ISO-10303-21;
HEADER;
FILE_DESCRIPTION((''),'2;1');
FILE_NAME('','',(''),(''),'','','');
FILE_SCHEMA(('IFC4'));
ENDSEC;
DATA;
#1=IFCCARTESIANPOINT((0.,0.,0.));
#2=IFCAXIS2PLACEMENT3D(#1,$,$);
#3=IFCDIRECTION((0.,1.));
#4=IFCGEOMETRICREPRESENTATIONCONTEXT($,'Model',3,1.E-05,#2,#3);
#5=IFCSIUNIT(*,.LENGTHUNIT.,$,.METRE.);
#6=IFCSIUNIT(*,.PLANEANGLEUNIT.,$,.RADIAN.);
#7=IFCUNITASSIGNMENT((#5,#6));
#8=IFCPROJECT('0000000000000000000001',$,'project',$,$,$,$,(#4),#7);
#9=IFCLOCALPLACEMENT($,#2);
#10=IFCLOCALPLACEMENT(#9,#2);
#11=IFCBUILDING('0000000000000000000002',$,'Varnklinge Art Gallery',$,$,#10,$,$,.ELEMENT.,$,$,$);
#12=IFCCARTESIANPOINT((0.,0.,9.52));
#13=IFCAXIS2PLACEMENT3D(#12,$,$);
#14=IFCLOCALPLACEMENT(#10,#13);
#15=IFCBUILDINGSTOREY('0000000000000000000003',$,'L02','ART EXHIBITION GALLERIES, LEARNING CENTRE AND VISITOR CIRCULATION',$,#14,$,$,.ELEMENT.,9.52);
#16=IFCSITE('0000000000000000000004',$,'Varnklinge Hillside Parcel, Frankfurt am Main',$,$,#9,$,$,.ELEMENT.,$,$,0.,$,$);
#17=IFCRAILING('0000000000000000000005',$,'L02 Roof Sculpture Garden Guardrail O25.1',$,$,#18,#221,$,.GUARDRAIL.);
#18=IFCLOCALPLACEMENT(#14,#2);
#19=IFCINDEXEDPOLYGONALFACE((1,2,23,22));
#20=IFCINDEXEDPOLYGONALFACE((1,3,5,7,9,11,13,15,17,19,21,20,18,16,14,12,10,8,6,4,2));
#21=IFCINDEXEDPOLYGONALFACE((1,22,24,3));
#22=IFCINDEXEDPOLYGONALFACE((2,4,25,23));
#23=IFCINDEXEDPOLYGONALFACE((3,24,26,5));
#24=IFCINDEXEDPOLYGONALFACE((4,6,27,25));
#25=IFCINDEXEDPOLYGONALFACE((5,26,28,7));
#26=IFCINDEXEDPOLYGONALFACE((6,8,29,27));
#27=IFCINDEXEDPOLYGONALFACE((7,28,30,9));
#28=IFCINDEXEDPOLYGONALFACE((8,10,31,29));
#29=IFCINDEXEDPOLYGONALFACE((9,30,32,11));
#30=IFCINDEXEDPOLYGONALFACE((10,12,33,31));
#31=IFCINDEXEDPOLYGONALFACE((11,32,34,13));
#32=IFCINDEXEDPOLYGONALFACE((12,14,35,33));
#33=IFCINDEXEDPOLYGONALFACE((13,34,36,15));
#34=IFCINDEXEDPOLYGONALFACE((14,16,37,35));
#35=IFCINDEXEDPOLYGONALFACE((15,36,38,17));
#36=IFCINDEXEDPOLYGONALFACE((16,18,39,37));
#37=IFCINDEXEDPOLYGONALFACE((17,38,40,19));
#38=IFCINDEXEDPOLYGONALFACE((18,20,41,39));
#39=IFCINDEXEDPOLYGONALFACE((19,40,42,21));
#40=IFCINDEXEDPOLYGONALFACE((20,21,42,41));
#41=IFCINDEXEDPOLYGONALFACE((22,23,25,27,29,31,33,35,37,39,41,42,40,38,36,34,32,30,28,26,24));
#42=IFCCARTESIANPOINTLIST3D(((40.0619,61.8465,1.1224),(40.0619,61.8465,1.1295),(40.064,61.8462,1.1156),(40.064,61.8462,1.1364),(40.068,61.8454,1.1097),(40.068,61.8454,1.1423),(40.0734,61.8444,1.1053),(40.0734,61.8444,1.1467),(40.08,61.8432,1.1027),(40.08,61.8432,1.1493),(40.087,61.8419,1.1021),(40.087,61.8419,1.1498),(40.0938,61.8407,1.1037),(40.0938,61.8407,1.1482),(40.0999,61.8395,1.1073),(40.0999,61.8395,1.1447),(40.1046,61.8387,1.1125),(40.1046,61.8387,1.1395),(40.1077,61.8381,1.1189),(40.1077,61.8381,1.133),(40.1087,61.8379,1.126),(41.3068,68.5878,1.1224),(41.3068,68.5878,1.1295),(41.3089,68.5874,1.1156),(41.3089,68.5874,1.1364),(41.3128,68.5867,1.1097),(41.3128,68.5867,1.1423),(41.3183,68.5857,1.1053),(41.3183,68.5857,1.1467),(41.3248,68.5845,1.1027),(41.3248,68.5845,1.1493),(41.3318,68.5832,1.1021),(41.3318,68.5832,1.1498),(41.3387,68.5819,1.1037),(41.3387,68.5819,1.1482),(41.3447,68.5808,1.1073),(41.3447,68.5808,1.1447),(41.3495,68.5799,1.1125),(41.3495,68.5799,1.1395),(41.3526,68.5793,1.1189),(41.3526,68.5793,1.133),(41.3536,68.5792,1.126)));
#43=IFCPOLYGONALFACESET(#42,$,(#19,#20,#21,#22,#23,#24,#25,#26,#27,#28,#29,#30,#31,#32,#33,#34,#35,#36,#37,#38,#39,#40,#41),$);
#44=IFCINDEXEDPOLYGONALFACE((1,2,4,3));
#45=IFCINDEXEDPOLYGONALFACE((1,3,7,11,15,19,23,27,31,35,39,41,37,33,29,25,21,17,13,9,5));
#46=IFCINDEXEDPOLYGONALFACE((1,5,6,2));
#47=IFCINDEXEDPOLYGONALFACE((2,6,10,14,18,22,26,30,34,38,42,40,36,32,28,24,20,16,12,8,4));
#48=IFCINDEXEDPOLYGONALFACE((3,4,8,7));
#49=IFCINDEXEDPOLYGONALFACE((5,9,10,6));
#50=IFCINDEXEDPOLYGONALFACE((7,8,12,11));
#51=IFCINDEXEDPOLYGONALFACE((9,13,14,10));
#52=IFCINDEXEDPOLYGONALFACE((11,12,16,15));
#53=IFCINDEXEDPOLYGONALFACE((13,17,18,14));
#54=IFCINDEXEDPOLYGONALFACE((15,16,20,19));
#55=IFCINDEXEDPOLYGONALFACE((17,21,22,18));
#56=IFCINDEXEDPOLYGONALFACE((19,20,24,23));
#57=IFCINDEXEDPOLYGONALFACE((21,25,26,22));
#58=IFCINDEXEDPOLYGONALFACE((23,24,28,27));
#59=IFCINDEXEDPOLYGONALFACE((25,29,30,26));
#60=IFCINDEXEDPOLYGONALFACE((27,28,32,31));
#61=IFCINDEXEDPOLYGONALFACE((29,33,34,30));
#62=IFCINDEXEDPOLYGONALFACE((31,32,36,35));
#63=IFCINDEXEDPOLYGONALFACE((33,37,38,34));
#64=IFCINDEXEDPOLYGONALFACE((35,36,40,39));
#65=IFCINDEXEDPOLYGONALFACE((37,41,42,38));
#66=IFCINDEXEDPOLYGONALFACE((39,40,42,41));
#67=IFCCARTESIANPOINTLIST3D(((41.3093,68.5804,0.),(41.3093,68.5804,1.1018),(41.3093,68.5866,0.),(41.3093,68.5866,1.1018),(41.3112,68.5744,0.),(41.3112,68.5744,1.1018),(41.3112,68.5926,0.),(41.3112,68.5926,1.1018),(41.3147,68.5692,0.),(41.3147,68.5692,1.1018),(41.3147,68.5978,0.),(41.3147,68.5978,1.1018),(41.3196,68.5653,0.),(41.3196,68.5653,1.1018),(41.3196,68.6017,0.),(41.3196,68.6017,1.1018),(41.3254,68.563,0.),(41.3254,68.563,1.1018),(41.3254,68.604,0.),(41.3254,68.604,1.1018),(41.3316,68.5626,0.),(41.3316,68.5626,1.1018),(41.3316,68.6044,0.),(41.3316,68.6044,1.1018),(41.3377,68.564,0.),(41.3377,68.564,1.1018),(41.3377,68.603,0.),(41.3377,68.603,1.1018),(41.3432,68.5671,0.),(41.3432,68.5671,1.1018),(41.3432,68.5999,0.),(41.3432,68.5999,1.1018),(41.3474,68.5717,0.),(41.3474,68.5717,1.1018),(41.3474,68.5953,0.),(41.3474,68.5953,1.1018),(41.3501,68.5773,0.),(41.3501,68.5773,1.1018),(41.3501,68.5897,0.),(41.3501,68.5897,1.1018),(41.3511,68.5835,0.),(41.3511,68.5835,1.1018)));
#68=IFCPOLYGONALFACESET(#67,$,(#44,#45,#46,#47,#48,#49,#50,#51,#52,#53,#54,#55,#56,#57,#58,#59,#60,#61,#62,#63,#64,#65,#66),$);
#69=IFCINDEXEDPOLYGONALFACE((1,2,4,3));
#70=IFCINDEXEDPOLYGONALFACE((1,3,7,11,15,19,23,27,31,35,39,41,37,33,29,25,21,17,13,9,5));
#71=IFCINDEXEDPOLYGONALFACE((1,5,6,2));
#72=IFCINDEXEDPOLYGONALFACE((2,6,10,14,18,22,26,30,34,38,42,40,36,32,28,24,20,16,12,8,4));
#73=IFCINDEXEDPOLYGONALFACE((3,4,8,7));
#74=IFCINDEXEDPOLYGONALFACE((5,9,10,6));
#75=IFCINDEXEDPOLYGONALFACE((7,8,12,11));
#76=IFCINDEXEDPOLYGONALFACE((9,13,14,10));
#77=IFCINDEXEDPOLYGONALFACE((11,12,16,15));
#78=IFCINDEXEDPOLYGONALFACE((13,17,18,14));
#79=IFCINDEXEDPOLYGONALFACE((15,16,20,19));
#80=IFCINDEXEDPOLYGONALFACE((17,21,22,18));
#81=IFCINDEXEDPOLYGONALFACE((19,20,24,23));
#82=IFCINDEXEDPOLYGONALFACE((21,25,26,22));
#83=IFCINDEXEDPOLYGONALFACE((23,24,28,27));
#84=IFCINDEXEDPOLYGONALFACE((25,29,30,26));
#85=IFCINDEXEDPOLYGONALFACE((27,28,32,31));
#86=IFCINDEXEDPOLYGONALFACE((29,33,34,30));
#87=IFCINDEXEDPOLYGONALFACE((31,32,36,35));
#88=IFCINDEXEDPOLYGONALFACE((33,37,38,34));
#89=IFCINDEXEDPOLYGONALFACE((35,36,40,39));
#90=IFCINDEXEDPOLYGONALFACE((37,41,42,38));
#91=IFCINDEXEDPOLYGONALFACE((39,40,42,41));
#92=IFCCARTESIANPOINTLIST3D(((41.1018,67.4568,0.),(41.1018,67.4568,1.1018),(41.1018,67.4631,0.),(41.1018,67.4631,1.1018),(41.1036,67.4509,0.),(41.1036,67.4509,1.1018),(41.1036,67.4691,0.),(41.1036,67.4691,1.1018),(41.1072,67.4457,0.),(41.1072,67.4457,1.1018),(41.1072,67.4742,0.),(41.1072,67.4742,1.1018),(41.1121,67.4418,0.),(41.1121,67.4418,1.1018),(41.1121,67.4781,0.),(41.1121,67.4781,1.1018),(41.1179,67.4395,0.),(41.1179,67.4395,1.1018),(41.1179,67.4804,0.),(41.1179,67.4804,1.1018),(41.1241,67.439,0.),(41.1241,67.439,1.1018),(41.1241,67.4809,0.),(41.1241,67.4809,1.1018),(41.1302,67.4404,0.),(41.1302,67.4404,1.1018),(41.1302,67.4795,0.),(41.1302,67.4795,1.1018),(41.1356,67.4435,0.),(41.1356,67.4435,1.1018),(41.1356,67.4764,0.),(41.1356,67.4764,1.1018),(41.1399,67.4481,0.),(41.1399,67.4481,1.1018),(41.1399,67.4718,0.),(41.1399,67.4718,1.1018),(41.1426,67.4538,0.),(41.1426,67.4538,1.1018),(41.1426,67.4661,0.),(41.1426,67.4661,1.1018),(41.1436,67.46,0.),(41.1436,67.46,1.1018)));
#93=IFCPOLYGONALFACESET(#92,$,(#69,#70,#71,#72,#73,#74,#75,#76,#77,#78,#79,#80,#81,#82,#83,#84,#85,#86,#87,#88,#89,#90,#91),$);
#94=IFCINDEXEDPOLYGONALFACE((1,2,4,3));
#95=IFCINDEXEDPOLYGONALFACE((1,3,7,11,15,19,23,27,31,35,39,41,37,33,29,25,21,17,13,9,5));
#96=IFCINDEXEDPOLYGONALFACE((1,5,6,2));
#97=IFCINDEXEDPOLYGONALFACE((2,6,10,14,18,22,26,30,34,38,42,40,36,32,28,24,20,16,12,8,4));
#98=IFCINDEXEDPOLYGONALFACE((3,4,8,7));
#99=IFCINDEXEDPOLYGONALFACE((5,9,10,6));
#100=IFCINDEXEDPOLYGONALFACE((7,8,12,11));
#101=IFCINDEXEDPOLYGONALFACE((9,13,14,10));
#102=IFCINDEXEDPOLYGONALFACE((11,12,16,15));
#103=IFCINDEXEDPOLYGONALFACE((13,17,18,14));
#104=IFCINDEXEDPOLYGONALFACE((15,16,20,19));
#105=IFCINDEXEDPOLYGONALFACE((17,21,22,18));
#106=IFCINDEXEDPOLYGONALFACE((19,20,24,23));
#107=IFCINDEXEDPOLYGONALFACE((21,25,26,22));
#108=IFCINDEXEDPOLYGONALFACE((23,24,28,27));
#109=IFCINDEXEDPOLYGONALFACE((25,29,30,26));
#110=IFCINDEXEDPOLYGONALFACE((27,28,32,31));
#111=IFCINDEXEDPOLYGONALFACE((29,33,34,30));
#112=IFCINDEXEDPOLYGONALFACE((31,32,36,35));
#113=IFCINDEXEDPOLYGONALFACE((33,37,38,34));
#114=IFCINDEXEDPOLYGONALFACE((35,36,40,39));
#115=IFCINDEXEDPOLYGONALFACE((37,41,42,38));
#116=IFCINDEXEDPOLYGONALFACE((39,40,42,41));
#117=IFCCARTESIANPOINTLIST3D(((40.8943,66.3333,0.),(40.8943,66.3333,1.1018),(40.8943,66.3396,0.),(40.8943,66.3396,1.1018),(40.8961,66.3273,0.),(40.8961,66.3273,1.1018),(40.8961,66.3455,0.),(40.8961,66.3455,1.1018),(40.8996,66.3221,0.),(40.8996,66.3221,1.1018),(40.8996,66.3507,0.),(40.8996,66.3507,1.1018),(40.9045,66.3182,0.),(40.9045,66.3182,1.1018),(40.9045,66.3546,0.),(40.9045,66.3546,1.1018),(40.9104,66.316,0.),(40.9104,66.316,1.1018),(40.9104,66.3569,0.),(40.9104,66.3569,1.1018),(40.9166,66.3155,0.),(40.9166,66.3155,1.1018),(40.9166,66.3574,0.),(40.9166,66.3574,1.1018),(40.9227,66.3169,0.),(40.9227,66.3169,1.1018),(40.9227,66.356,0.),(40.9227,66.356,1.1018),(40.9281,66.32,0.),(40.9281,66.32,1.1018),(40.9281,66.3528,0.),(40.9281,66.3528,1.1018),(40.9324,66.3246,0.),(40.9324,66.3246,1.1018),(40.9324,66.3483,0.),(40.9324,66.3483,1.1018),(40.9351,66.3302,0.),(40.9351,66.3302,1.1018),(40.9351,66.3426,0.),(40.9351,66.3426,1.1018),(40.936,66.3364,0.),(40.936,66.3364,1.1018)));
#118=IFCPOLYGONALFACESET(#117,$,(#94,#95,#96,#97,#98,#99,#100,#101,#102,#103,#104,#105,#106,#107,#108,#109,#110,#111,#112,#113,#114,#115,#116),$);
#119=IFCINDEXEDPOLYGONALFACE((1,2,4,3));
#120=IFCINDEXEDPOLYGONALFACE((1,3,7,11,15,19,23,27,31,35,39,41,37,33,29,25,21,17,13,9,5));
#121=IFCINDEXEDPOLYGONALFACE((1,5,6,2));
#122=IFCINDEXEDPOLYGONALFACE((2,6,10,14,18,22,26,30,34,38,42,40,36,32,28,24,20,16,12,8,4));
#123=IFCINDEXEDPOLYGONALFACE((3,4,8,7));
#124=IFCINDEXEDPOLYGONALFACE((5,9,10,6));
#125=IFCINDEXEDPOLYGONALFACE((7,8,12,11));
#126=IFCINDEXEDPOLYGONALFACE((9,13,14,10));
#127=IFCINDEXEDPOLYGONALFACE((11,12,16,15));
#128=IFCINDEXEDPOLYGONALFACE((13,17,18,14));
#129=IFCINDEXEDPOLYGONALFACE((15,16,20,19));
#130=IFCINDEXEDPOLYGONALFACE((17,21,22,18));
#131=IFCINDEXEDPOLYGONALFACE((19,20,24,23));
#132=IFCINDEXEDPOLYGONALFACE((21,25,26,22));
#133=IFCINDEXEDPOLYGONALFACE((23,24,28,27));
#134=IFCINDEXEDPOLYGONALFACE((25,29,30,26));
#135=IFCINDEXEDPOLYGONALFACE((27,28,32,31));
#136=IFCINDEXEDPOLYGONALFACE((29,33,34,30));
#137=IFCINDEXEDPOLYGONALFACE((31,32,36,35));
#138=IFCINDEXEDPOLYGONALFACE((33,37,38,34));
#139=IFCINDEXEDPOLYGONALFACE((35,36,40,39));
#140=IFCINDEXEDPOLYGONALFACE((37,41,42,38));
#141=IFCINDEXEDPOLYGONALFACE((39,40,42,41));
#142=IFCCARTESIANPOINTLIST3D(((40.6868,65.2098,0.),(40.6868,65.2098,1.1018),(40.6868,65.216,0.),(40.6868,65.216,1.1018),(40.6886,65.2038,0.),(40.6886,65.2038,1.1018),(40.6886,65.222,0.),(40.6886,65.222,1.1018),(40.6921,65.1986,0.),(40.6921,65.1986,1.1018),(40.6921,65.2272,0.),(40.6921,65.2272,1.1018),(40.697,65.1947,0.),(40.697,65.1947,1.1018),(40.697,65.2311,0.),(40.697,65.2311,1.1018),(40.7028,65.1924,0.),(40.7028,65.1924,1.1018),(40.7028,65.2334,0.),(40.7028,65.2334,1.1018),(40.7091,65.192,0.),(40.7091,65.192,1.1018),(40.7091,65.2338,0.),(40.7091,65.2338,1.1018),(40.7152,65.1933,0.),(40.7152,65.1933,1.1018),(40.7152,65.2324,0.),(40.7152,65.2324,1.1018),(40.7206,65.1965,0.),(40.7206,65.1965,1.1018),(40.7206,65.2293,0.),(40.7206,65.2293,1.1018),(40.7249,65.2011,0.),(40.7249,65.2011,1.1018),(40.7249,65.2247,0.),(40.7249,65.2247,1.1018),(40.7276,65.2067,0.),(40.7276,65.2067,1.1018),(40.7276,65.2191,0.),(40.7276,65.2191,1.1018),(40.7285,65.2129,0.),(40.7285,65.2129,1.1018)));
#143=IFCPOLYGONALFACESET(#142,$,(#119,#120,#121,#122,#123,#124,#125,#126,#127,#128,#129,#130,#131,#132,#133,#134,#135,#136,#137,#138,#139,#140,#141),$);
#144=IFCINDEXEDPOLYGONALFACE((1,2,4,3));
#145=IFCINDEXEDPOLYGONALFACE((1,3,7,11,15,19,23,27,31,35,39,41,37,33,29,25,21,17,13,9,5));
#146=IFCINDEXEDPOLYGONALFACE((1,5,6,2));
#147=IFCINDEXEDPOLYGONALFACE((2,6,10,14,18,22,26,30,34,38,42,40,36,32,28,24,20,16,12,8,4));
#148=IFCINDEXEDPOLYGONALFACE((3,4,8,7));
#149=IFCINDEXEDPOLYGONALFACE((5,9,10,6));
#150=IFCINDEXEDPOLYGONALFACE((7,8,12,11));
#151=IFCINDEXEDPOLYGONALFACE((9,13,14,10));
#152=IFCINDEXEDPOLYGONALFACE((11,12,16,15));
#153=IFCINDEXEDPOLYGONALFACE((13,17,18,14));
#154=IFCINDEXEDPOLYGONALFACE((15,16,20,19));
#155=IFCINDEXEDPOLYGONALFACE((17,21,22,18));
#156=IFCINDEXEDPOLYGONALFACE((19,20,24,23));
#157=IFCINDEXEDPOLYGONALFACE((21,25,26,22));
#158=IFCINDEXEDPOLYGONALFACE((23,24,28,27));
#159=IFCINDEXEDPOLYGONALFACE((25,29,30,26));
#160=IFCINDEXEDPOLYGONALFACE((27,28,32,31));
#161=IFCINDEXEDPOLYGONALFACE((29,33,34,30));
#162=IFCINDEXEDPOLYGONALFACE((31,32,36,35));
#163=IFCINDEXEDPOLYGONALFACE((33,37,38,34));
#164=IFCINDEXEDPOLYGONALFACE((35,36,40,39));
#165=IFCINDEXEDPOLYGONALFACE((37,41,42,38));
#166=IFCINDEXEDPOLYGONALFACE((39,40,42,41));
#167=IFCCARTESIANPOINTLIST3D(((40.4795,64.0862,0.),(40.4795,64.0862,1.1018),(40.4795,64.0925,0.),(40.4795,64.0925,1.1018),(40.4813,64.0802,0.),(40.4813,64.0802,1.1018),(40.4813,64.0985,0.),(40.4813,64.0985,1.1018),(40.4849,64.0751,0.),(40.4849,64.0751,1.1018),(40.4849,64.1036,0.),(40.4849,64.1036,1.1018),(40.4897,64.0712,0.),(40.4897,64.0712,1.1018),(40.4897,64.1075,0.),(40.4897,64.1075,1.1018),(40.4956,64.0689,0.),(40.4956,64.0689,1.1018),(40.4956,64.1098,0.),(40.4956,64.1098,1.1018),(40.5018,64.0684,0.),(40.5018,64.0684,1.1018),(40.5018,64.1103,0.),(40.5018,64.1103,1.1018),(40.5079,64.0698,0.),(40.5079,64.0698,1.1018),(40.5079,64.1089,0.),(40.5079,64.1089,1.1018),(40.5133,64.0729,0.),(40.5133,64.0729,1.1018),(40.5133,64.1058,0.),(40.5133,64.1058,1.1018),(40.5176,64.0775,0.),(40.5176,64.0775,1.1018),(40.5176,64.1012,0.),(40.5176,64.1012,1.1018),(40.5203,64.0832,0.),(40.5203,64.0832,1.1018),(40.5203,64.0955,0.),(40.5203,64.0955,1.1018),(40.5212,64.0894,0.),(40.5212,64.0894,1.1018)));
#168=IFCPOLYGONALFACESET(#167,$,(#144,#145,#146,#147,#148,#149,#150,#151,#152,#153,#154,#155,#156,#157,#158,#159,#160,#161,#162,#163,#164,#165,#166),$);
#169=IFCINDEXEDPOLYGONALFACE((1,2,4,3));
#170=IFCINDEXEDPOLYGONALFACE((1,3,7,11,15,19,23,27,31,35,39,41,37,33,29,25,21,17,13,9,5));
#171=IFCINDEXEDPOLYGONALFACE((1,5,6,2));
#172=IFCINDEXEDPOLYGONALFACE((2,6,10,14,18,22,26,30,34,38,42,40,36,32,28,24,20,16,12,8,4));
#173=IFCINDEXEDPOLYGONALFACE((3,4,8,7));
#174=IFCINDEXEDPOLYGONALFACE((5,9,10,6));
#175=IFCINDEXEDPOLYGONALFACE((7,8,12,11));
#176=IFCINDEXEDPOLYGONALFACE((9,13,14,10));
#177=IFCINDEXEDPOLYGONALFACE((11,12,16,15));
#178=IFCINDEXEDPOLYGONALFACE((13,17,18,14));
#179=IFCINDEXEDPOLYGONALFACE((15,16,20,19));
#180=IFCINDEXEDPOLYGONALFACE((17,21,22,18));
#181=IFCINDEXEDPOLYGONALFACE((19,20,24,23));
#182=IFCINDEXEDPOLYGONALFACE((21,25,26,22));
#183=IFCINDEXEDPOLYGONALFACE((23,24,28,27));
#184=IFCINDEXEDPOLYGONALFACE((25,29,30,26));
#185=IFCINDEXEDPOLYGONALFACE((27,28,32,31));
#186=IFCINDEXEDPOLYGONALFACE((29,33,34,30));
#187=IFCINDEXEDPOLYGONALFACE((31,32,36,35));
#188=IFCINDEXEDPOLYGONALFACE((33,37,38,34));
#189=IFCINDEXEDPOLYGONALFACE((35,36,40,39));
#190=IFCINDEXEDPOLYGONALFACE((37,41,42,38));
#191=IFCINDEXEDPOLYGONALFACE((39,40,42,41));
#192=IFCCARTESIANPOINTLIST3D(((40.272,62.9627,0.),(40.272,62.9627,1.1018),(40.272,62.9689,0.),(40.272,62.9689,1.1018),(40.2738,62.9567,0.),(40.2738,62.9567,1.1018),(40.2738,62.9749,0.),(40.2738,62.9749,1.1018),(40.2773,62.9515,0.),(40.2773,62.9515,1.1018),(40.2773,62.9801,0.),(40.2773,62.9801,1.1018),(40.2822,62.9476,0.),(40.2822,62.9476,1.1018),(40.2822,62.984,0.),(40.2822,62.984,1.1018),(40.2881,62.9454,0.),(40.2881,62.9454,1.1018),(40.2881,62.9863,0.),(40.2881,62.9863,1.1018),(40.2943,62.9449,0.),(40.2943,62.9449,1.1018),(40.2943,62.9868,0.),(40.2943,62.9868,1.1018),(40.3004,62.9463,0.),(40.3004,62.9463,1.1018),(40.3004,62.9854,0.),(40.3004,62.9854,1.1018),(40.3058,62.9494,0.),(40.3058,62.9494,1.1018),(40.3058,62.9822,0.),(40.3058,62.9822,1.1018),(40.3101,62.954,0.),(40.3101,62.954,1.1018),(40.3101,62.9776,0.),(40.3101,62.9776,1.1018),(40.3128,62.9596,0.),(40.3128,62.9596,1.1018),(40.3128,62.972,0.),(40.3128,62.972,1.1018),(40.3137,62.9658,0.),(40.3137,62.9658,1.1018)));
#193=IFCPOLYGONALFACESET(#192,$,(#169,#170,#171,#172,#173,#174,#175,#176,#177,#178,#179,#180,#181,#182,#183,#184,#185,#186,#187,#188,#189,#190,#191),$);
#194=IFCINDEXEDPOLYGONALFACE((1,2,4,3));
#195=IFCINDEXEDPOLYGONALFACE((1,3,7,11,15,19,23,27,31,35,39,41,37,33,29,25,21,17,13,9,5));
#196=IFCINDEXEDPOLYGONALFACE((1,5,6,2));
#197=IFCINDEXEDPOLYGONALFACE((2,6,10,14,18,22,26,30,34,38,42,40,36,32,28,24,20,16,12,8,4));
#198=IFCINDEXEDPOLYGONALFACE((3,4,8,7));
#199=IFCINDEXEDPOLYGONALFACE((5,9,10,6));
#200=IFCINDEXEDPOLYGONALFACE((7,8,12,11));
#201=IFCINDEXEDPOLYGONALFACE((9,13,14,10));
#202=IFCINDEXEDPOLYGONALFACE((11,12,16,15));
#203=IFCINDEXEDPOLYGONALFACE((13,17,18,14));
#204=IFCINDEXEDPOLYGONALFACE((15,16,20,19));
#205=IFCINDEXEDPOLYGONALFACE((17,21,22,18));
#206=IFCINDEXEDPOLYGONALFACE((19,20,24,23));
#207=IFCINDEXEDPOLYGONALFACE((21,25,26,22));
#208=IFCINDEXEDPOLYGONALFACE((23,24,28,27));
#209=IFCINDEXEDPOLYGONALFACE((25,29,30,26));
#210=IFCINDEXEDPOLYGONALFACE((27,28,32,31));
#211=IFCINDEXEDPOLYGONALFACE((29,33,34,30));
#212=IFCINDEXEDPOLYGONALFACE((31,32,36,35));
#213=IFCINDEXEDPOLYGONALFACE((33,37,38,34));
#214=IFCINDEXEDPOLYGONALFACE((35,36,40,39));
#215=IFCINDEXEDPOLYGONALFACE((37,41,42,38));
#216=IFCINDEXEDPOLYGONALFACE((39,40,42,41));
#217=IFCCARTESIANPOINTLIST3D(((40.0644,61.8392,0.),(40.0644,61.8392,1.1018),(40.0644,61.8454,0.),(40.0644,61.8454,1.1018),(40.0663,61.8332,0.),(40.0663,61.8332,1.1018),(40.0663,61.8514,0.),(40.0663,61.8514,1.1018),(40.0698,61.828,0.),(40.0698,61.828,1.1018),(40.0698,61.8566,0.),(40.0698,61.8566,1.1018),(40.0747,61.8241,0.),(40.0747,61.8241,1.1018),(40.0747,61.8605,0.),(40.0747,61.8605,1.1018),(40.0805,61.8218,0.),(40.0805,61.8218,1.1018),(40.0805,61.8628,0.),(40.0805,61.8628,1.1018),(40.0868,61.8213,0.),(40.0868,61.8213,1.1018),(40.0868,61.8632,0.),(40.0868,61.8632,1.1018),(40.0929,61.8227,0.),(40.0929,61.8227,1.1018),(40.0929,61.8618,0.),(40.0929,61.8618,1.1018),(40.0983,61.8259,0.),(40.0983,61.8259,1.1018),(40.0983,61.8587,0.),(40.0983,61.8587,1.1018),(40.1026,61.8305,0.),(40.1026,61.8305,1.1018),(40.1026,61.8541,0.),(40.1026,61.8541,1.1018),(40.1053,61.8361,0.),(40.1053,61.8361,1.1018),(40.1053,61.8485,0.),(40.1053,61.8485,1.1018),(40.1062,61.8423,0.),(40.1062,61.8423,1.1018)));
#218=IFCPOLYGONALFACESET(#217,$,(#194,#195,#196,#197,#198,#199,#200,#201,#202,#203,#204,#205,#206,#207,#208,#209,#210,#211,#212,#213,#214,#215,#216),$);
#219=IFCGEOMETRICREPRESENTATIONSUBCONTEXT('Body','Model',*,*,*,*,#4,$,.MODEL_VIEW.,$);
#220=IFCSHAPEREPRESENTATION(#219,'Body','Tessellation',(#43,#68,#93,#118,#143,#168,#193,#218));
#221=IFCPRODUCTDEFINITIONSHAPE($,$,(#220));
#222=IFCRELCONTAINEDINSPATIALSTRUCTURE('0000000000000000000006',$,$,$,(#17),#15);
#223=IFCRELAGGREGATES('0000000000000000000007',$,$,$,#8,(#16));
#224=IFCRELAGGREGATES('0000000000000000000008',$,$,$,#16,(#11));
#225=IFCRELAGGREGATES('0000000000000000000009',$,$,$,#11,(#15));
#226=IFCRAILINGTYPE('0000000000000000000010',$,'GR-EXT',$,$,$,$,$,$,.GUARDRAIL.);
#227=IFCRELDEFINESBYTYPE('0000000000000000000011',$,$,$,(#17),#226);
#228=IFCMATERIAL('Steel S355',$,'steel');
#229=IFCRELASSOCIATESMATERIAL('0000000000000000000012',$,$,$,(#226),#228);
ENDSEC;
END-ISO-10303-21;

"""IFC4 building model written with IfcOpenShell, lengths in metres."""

from ifc_helpers import new_model, si_unit, direction, frame, origin, origin_2d, place, context, subcontext, project, spatial, circle, extrude, material, type_object, element, save


model = new_model("IFC4")

# Units and contexts
model_context = context("Model", 3, precision=1e-05, world=origin(), true_north=direction((0.0, 1.0)))
body_context = subcontext(model_context, "Body", "Model", "MODEL_VIEW")
ifc_project = project(units=[si_unit("LENGTHUNIT", "METRE"), si_unit("PLANEANGLEUNIT", "RADIAN")], contexts=[model_context])

# Site, building, storey
site_placement = place(None, origin())
site = spatial("IfcSite", under=ifc_project, at=site_placement, Name="Varnklinge Hillside Parcel, Frankfurt am Main", CompositionType="ELEMENT", RefElevation=0.0)
building_placement = place(site_placement, origin())
building = spatial("IfcBuilding", under=site, at=building_placement, Name="Varnklinge Art Gallery", CompositionType="ELEMENT")
storey_placement = place(building_placement, frame((0.0, 0.0, 9.52)))
storey = spatial("IfcBuildingStorey", under=building, at=storey_placement, Name="L02", Description="ART EXHIBITION GALLERIES, LEARNING CENTRE AND VISITOR CIRCULATION", CompositionType="ELEMENT", Elevation=9.52)

# Railing
ifc_material_1 = material(Name="Steel S355", Category="steel")
railing_type = type_object("IfcRailingType", Name="GR-EXT", PredefinedType="GUARDRAIL", material=ifc_material_1)
railing_1_placement = place(storey_placement, frame((41.3301, 68.5835, 0.0)))
element("IfcRailing", 1, at=railing_1_placement, inside=storey, type_object=railing_type, Name="L02 Roof Sculpture Garden Guardrail O25.1", PredefinedType="GUARDRAIL", context=body_context, shape_type="SweptSolid", body=[
    extrude(circle(Radius=0.0239, at=origin_2d()), frame((0.0, 0.0, 1.126), z_axis=(-0.181596, -0.983373, 0.0), x_axis=(0.983373, -0.181596, 0.0)), (0.0, 0.0, 1.0), 6.8552),
    extrude(circle(Radius=0.021, at=origin_2d()), origin(), (0.0, 0.0, 1.0), 1.1018),
    extrude(circle(Radius=0.021, at=origin_2d()), frame((-0.2075, -1.1235, 0.0)), (0.0, 0.0, 1.0), 1.1018),
    extrude(circle(Radius=0.021, at=origin_2d()), frame((-0.415, -2.2471, 0.0)), (0.0, 0.0, 1.0), 1.1018),
    extrude(circle(Radius=0.021, at=origin_2d()), frame((-0.6226, -3.3706, 0.0)), (0.0, 0.0, 1.0), 1.1018),
    extrude(circle(Radius=0.021, at=origin_2d()), frame((-0.8298, -4.4941, 0.0)), (0.0, 0.0, 1.0), 1.1018),
    extrude(circle(Radius=0.021, at=origin_2d()), frame((-1.0374, -5.6177, 0.0)), (0.0, 0.0, 1.0), 1.1018),
    extrude(circle(Radius=0.021, at=origin_2d()), frame((-1.2449, -6.7412, 0.0)), (0.0, 0.0, 1.0), 1.1018),
])

save(model, "model.ifc")
